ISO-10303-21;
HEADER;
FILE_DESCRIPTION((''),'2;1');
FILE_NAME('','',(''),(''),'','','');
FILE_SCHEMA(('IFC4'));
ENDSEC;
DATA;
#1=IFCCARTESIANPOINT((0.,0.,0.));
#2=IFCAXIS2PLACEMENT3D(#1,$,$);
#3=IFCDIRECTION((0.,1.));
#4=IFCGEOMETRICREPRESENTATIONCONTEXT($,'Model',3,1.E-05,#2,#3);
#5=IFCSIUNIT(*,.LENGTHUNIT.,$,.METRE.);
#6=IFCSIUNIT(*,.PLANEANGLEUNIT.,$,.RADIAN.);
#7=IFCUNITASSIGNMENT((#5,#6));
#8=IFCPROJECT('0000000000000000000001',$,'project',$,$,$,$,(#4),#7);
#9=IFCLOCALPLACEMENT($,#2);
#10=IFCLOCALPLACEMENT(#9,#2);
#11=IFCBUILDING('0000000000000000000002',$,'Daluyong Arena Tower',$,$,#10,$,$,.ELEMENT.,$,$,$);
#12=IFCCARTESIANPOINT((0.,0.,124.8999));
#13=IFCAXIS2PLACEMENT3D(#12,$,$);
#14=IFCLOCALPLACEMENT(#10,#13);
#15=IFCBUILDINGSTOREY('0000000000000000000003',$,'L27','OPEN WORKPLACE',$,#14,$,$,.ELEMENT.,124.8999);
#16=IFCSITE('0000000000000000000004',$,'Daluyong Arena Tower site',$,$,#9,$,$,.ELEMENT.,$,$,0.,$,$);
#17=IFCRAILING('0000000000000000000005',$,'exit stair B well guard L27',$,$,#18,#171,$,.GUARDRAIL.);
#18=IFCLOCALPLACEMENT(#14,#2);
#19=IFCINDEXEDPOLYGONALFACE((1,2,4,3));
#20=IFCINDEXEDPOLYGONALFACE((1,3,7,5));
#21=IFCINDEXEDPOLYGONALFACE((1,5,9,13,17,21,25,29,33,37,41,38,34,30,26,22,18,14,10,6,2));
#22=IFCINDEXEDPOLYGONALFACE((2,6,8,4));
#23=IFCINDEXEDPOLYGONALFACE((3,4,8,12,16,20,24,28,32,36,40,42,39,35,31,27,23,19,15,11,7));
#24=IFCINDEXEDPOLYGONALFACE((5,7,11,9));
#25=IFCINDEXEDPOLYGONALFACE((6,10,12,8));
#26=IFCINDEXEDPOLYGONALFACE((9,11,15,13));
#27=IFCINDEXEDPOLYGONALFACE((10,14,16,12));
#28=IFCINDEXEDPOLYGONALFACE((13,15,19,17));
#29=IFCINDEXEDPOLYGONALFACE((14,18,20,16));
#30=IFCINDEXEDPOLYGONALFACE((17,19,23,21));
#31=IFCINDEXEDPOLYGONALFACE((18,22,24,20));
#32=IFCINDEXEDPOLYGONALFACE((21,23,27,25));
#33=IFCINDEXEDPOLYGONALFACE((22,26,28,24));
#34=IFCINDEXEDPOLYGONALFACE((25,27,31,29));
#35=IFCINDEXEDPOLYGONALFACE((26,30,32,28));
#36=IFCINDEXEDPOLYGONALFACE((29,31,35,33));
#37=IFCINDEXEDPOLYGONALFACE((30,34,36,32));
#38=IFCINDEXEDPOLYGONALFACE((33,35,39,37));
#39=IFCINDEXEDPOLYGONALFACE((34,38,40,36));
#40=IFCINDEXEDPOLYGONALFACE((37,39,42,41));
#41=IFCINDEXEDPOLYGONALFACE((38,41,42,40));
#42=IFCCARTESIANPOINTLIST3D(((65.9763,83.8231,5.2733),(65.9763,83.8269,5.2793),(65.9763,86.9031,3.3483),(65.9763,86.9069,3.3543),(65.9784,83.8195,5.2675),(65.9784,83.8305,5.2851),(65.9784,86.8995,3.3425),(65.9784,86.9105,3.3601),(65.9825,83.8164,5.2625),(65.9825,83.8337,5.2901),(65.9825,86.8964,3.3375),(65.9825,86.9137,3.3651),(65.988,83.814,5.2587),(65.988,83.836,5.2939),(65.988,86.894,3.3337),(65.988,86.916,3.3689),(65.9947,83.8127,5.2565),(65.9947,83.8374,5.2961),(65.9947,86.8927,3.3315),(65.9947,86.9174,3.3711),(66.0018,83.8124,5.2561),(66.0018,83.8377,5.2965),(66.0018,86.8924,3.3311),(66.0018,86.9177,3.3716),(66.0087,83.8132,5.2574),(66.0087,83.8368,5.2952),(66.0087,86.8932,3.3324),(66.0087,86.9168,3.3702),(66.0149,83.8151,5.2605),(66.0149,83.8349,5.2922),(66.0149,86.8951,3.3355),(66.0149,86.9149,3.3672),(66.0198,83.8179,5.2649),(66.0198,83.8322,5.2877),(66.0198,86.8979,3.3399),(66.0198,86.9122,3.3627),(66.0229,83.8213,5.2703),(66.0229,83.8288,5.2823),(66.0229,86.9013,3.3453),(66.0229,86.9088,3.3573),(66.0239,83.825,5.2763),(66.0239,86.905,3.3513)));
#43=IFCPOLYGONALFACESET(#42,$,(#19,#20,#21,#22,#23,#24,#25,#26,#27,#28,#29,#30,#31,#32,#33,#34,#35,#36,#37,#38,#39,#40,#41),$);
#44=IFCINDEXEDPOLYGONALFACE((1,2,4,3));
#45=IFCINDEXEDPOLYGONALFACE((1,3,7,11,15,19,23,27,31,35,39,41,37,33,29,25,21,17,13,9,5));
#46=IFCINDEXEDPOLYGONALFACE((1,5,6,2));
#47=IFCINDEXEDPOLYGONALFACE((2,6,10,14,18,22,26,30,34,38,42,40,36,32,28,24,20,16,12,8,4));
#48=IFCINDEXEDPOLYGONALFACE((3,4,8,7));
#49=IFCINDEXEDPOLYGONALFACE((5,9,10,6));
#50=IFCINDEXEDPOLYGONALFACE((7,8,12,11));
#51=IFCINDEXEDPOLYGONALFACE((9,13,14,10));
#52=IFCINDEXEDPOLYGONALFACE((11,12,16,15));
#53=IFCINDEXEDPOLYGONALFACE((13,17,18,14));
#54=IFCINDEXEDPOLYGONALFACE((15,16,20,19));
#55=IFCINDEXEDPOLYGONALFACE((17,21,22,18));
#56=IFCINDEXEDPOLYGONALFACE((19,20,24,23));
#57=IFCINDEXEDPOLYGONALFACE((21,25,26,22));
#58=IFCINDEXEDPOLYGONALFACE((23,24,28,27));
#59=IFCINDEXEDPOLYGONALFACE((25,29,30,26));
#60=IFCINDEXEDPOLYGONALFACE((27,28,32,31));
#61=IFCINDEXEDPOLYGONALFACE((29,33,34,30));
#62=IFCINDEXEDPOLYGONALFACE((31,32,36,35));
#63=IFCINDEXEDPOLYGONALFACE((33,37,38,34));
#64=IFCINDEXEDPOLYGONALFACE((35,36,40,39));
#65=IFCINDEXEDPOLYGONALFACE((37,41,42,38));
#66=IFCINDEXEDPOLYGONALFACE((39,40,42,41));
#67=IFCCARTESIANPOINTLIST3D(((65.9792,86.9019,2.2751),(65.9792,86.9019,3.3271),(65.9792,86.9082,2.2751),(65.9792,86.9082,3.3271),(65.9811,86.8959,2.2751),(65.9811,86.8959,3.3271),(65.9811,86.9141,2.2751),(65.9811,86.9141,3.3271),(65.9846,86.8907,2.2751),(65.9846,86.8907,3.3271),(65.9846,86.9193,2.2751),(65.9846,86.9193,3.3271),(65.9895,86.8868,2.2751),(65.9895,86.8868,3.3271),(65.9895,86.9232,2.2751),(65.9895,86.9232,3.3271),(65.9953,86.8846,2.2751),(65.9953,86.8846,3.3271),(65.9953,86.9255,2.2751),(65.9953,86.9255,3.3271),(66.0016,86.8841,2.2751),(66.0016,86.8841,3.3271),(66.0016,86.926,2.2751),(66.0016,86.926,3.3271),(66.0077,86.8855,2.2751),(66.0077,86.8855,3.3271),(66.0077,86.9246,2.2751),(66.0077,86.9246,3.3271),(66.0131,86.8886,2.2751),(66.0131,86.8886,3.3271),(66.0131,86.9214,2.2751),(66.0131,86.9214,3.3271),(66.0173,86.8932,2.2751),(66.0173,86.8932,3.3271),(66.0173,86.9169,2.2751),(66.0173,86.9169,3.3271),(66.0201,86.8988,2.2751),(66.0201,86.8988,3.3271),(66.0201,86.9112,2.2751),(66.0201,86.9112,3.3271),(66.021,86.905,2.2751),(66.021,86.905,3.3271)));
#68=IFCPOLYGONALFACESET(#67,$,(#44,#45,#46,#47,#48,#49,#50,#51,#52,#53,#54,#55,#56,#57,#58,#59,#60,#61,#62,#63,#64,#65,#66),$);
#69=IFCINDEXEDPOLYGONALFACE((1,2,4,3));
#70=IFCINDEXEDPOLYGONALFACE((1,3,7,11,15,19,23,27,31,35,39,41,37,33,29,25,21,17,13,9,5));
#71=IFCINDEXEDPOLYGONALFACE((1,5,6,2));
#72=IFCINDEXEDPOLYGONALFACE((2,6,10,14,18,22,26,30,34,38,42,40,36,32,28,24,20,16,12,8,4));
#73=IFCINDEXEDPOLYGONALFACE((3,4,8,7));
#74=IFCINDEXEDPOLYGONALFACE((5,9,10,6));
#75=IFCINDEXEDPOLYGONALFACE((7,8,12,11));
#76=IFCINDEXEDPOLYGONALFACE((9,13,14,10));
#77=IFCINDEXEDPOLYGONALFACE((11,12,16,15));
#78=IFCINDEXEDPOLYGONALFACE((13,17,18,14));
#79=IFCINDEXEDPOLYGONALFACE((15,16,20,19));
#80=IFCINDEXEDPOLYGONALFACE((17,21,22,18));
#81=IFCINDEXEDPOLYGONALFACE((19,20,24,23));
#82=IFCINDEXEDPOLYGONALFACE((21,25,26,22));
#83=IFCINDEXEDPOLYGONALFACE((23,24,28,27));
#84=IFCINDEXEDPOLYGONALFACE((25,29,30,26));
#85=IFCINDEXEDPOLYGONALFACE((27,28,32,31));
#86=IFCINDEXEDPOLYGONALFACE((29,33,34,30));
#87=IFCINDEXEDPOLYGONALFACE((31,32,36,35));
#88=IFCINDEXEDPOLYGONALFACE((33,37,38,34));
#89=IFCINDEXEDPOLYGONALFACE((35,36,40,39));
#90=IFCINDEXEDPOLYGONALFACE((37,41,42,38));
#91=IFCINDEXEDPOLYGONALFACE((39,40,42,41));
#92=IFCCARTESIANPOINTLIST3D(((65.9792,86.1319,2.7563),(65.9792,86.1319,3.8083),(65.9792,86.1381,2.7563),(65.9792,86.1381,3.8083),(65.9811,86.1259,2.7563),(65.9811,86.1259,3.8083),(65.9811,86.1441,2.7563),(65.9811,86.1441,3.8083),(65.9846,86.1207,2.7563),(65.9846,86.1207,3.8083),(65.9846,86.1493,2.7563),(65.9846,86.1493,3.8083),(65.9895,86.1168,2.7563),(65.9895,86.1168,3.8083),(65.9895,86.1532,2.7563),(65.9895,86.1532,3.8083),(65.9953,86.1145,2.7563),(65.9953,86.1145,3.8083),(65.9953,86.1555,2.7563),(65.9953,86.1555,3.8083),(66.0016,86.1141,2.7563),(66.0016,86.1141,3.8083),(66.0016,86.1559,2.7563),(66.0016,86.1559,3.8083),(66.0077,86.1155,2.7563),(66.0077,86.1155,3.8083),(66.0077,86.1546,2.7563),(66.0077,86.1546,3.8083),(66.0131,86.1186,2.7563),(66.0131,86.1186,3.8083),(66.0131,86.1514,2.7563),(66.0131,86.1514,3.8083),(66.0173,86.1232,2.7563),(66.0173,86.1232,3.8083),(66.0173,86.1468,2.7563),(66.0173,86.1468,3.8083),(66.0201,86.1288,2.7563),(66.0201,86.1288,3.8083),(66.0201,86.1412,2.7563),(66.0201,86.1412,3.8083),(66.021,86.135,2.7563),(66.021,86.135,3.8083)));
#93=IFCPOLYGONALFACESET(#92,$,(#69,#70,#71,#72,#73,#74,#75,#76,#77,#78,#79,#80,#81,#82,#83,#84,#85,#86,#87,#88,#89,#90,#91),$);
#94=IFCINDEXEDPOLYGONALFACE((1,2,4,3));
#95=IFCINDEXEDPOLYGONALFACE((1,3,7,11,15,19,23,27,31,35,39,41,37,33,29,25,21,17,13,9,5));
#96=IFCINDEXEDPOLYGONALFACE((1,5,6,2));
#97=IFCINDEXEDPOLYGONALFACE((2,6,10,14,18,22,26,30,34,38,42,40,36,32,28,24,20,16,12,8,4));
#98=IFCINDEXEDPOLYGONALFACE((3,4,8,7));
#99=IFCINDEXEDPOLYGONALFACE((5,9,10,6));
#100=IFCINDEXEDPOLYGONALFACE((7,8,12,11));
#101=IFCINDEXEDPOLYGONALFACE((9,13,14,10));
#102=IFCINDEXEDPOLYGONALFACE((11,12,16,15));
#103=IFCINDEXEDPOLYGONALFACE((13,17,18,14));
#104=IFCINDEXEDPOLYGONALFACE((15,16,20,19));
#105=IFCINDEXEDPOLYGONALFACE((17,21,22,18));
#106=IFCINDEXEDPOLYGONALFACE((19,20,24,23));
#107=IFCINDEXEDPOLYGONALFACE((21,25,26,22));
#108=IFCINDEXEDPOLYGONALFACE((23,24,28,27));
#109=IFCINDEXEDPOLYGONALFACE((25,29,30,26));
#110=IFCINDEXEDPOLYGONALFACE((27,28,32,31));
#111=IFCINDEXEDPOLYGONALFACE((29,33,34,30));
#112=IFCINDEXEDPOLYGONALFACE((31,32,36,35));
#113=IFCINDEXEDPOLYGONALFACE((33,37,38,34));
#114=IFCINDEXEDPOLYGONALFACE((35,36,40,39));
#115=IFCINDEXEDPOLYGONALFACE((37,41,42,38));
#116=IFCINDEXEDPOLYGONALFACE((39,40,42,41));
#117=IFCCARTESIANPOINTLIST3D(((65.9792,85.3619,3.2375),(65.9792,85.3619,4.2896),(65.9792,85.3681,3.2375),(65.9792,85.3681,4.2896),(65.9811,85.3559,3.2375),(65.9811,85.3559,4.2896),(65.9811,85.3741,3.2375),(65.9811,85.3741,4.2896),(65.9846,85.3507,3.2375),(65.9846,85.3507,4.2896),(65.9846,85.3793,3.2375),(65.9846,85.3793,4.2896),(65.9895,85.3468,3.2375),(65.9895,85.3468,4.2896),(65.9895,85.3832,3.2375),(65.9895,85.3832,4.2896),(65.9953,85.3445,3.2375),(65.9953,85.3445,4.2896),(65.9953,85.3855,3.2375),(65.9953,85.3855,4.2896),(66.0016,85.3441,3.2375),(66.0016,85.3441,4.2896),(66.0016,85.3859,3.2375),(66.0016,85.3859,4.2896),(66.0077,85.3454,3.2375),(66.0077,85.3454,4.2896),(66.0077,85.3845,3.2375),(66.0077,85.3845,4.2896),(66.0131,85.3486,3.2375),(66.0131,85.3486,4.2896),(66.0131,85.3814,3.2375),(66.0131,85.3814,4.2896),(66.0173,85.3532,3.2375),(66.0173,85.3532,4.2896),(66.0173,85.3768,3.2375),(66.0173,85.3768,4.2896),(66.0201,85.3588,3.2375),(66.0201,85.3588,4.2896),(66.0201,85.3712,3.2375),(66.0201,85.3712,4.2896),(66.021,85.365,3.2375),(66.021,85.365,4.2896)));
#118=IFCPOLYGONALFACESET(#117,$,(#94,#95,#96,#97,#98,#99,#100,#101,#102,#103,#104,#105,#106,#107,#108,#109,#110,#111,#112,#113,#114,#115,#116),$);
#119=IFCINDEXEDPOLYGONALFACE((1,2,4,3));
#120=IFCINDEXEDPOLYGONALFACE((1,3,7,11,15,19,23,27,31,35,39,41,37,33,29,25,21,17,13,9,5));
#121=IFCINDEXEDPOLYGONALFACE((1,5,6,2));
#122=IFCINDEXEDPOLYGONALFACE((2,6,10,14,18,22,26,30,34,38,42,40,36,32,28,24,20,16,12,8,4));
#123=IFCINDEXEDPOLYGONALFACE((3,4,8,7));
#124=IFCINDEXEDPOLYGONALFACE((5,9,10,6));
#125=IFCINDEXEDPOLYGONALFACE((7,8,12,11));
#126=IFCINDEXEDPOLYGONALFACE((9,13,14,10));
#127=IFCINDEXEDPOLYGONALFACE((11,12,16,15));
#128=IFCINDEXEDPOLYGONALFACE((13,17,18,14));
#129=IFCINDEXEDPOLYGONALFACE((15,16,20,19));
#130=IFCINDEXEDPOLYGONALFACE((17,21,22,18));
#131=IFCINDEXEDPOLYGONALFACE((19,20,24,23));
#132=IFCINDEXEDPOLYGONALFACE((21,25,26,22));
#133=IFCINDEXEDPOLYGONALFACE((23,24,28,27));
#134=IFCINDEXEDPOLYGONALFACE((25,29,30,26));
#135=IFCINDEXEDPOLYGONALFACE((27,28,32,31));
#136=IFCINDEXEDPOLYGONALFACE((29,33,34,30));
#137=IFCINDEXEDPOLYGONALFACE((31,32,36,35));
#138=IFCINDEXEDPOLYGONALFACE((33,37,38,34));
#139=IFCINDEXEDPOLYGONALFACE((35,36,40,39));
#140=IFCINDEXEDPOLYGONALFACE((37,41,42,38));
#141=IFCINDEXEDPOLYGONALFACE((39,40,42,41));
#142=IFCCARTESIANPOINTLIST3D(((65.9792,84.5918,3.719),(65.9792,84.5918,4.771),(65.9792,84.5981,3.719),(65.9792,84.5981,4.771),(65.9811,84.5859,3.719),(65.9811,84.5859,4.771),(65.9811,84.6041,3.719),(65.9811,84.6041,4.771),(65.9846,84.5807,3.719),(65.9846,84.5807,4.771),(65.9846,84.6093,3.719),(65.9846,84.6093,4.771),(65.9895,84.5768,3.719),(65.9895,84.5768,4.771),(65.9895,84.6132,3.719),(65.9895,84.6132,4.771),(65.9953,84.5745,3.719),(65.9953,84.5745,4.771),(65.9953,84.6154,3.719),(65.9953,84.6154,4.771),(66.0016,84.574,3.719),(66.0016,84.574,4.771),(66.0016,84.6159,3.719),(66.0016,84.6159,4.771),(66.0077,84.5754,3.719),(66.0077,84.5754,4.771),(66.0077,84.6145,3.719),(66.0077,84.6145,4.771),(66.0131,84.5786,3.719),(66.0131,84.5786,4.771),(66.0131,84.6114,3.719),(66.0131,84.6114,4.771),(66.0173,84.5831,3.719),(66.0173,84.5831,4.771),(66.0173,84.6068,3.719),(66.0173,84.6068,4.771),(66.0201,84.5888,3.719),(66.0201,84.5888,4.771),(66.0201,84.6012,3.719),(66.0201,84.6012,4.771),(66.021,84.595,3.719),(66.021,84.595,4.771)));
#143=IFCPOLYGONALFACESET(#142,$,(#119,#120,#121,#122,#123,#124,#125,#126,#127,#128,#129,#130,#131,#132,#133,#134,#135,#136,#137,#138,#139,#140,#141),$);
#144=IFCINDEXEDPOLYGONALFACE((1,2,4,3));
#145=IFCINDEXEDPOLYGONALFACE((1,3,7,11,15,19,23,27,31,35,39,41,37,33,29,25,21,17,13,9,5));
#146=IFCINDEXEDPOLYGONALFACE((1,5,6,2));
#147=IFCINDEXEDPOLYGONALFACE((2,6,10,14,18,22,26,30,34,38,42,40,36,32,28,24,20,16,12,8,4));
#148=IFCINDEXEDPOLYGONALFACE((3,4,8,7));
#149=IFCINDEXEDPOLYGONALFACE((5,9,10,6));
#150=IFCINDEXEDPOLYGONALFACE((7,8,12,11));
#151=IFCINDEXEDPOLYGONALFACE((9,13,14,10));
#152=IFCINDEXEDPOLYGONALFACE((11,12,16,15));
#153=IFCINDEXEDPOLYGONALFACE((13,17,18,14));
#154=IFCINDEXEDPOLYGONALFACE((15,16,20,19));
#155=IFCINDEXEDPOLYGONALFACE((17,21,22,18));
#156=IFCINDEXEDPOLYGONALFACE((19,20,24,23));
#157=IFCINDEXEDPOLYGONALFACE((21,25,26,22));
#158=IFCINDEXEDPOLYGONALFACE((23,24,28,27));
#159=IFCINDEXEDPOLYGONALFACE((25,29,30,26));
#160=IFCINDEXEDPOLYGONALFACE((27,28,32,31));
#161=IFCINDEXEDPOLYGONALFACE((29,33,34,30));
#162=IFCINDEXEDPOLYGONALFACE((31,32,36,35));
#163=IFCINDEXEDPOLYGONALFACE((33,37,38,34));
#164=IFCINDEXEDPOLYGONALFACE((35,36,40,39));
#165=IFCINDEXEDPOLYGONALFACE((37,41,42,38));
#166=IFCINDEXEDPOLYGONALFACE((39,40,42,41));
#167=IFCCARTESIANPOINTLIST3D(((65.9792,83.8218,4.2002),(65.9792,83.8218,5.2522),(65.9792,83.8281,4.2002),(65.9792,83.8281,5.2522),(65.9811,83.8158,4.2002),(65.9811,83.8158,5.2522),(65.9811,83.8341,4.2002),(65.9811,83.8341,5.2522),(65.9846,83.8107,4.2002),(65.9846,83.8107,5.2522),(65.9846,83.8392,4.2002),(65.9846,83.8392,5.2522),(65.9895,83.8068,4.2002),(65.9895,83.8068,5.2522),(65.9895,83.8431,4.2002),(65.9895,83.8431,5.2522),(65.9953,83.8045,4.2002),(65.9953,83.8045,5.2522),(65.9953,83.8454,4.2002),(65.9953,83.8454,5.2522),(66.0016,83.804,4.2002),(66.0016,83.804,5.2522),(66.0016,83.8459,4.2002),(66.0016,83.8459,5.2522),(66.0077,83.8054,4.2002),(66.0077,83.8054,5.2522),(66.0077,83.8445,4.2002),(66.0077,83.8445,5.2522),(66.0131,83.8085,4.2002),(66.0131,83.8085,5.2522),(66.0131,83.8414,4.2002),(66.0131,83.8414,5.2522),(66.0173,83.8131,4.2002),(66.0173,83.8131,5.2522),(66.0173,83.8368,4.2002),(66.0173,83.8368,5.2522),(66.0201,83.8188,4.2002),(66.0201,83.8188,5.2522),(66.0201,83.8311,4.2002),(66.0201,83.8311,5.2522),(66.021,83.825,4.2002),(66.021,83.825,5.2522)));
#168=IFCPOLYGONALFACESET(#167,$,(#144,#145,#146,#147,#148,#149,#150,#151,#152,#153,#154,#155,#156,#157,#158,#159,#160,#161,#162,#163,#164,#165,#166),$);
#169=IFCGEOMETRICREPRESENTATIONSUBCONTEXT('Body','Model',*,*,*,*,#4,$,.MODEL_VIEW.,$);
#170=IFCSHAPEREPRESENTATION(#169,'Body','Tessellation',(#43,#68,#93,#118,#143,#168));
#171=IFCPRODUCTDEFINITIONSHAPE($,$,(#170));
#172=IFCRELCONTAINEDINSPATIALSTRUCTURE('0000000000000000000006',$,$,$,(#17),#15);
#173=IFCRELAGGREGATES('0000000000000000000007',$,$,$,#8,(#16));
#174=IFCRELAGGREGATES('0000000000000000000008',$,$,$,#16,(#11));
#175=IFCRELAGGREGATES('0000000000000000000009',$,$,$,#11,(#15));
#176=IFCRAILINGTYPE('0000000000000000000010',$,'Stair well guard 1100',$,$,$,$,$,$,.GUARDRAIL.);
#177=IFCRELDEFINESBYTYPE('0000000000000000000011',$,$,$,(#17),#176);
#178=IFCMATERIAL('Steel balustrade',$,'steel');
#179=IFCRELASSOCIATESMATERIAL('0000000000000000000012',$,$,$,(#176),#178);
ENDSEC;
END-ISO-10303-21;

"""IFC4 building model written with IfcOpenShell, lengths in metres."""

from ifc_helpers import new_model, si_unit, direction, frame, origin, origin_2d, place, context, subcontext, project, spatial, circle, extrude, material, type_object, element, save


model = new_model("IFC4")

# Units and contexts
model_context = context("Model", 3, precision=1e-05, world=origin(), true_north=direction((0.0, 1.0)))
body_context = subcontext(model_context, "Body", "Model", "MODEL_VIEW")
ifc_project = project(units=[si_unit("LENGTHUNIT", "METRE"), si_unit("PLANEANGLEUNIT", "RADIAN")], contexts=[model_context])

# Site, building, storey
site_placement = place(None, origin())
site = spatial("IfcSite", under=ifc_project, at=site_placement, Name="Daluyong Arena Tower site", CompositionType="ELEMENT", RefElevation=0.0)
building_placement = place(site_placement, origin())
building = spatial("IfcBuilding", under=site, at=building_placement, Name="Daluyong Arena Tower", CompositionType="ELEMENT")
storey_placement = place(building_placement, frame((0.0, 0.0, 124.8999)))
storey = spatial("IfcBuildingStorey", under=building, at=storey_placement, Name="L27", Description="OPEN WORKPLACE", CompositionType="ELEMENT", Elevation=124.8999)

# Railing
ifc_material_1 = material(Name="Steel balustrade", Category="steel")
railing_type_1 = type_object("IfcRailingType", Name="Stair well guard 1100", PredefinedType="GUARDRAIL", material=ifc_material_1)
railing_1_placement = place(storey_placement, frame((66.0, 86.905, 2.2751)))
element("IfcRailing", 1, at=railing_1_placement, inside=storey, type_object=railing_type_1, Name="exit stair B well guard L27", PredefinedType="GUARDRAIL", context=body_context, shape_type="SweptSolid", body=[
    extrude(circle(Radius=0.0239, at=origin_2d()), frame((0.0, 0.0, 1.0762), z_axis=(0.0, -0.847998, 0.529999), x_axis=(1.0, 0.0, 0.0)), (0.0, 0.0, 1.0), 3.6321),
    extrude(circle(Radius=0.021, at=origin_2d()), origin(), (0.0, 0.0, 1.0), 1.052),
    extrude(circle(Radius=0.021, at=origin_2d()), frame((0.0, -0.77, 0.4812)), (0.0, 0.0, 1.0), 1.052),
    extrude(circle(Radius=0.021, at=origin_2d()), frame((0.0, -1.54, 0.9624)), (0.0, 0.0, 1.0), 1.052),
    extrude(circle(Radius=0.021, at=origin_2d()), frame((0.0, -2.3101, 1.4438)), (0.0, 0.0, 1.0), 1.052),
    extrude(circle(Radius=0.021, at=origin_2d()), frame((0.0, -3.0801, 1.925)), (0.0, 0.0, 1.0), 1.052),
])

save(model, "model.ifc")
